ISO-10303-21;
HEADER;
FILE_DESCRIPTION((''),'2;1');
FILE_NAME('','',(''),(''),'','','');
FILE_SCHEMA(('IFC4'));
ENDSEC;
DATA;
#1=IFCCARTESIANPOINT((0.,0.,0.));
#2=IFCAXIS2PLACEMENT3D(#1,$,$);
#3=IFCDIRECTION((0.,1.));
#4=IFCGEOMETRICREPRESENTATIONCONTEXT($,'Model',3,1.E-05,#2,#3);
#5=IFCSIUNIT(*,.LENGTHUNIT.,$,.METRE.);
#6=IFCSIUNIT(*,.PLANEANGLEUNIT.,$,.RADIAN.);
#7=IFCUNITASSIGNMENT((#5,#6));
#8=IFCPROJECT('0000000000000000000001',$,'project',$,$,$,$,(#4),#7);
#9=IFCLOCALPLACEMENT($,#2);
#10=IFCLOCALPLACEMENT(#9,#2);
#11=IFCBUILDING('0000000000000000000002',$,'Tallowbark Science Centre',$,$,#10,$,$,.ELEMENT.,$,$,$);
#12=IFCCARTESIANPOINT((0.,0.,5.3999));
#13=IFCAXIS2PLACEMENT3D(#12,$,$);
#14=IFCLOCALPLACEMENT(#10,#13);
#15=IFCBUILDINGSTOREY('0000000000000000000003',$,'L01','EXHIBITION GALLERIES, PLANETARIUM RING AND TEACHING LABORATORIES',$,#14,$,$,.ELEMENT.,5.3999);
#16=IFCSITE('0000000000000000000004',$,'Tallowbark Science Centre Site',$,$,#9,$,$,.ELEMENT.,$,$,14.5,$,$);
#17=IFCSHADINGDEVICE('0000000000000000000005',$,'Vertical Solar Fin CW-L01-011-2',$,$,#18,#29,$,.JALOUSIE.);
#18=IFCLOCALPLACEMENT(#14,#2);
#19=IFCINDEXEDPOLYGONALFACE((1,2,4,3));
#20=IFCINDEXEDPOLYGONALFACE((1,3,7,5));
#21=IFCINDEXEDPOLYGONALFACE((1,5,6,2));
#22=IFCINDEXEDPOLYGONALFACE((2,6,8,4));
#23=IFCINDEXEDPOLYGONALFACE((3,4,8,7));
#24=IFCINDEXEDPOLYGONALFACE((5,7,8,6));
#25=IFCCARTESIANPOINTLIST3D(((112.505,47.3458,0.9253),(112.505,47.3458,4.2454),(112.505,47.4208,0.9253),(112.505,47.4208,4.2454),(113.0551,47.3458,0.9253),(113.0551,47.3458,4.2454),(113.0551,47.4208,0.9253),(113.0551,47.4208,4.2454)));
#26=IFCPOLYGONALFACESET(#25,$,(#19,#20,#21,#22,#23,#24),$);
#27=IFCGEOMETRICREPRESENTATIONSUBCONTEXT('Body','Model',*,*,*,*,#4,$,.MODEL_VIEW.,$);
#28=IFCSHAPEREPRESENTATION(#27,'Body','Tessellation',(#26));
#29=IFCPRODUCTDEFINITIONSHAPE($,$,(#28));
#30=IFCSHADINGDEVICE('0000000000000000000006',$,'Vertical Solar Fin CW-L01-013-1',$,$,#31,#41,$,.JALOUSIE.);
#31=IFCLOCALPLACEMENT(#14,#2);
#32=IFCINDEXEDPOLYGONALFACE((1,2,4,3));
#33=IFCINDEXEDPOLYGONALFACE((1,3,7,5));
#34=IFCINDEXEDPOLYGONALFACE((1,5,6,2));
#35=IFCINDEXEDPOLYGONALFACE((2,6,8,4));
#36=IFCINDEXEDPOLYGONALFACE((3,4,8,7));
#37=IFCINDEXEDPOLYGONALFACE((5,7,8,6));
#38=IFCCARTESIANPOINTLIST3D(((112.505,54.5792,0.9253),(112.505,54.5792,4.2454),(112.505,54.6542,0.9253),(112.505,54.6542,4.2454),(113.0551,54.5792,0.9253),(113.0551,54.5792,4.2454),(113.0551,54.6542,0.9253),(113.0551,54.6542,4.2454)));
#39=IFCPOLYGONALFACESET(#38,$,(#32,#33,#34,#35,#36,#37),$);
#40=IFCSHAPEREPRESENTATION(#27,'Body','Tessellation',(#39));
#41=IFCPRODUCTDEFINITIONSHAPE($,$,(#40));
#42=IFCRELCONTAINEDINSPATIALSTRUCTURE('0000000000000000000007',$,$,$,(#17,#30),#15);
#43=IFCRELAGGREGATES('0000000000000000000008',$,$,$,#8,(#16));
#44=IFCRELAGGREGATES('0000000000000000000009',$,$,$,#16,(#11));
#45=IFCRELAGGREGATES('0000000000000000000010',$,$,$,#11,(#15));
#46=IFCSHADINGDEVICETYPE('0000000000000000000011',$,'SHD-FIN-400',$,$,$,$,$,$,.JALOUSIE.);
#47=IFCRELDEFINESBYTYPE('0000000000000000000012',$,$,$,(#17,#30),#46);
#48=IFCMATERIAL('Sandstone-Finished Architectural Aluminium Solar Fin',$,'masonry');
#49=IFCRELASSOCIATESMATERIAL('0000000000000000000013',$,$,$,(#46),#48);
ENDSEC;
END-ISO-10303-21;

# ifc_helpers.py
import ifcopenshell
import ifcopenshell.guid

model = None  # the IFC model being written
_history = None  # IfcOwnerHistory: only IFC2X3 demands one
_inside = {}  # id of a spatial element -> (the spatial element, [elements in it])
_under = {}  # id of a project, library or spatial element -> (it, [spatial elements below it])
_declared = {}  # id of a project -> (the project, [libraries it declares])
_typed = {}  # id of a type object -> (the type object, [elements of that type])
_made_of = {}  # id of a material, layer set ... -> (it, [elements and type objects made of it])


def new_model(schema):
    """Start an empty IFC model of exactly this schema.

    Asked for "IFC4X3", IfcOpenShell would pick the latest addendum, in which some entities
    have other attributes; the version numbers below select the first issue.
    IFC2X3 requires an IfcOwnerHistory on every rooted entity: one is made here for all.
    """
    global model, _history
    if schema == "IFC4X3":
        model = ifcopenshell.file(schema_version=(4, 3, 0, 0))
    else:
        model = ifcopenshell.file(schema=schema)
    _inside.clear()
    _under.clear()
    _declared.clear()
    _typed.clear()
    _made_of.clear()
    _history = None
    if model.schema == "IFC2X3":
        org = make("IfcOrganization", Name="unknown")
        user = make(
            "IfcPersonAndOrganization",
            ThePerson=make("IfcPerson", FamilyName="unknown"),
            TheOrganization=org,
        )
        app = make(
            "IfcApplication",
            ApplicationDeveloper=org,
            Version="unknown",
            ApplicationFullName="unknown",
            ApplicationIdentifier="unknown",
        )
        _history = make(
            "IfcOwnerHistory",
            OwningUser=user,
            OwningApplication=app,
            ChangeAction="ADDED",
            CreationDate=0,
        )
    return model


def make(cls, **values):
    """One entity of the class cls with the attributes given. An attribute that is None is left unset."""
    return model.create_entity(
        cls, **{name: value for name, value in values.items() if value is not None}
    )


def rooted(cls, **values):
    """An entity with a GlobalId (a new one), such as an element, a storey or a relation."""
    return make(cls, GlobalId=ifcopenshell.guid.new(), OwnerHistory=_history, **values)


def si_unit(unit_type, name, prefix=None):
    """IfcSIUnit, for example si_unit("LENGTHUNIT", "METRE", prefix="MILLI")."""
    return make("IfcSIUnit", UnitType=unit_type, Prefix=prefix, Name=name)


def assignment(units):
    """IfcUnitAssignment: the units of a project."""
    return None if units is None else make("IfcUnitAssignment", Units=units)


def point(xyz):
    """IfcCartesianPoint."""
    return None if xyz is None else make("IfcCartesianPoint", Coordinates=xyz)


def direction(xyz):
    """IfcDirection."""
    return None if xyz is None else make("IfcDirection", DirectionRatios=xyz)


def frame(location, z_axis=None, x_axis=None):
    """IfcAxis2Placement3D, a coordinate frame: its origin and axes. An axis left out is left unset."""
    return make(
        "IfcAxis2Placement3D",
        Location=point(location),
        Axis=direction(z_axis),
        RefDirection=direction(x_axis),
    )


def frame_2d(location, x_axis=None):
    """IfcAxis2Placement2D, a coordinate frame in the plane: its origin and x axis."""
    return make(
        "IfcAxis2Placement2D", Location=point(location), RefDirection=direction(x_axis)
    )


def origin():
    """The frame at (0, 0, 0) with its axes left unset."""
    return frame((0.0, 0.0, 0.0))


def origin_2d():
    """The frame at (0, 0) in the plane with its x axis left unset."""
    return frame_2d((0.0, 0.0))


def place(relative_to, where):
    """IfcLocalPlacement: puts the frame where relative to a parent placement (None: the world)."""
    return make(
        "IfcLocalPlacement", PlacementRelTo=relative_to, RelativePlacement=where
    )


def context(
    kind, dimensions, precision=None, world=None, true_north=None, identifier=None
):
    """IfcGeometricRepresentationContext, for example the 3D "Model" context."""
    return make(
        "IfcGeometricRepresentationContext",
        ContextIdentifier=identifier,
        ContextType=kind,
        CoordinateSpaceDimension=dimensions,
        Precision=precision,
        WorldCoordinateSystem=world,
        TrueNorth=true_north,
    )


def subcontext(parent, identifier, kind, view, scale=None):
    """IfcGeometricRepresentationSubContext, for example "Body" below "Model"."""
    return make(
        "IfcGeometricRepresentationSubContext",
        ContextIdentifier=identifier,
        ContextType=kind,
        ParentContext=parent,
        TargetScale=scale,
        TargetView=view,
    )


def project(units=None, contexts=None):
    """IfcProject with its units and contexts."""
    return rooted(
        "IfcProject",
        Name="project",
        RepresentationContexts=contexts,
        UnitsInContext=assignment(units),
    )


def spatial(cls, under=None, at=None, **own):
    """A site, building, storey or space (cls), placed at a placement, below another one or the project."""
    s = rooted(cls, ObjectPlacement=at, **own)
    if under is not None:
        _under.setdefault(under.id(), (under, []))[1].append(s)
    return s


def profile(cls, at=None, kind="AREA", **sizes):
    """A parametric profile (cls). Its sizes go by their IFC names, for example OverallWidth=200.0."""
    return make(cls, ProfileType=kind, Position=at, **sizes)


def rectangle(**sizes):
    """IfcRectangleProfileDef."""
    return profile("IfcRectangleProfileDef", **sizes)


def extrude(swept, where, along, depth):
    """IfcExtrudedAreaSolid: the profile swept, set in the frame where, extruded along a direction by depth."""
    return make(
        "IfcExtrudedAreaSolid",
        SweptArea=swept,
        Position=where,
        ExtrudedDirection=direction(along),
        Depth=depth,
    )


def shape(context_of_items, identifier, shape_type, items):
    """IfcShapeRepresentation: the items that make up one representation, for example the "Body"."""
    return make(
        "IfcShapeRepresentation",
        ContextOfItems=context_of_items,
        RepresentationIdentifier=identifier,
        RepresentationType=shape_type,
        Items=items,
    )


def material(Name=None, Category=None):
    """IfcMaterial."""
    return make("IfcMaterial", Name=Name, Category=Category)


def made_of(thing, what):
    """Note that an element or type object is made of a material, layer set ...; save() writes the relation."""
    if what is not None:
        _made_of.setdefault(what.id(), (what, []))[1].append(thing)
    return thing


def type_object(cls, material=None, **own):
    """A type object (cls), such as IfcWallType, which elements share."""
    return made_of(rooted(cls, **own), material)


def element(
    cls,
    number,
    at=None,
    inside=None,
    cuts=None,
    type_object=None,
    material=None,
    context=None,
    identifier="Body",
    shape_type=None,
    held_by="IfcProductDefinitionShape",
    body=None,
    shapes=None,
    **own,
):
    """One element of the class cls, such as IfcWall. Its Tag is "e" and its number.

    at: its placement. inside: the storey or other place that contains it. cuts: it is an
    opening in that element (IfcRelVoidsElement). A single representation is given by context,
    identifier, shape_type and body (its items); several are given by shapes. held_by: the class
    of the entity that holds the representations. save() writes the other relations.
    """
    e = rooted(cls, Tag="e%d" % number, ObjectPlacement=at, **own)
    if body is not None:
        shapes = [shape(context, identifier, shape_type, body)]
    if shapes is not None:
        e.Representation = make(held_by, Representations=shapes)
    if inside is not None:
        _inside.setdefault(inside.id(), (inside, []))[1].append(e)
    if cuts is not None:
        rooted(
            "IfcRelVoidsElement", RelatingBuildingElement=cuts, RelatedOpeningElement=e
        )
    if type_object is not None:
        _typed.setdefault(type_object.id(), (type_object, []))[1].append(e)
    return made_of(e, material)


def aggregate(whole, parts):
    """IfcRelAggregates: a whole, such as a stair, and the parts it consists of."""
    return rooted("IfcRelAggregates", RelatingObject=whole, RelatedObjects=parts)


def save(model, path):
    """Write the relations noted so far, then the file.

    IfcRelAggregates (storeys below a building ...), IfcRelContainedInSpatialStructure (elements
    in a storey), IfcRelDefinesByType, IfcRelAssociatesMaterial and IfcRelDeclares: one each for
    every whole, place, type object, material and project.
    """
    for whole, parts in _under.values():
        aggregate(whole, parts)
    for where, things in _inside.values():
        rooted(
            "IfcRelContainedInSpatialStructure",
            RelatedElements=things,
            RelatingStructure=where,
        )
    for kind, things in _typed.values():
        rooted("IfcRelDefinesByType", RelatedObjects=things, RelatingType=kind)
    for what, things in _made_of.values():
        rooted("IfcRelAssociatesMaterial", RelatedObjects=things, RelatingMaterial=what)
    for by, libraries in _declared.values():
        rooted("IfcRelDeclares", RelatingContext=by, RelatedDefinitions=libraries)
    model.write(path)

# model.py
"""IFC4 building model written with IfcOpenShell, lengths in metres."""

from ifc_helpers import new_model, si_unit, direction, frame, origin, origin_2d, place, context, subcontext, project, spatial, rectangle, extrude, material, type_object, element, save


model = new_model("IFC4")

# Units and contexts
model_context = context("Model", 3, precision=1e-05, world=origin(), true_north=direction((0.0, 1.0)))
body_context = subcontext(model_context, "Body", "Model", "MODEL_VIEW")
ifc_project = project(units=[si_unit("LENGTHUNIT", "METRE"), si_unit("PLANEANGLEUNIT", "RADIAN")], contexts=[model_context])

# Site, building, storey
site_placement = place(None, origin())
site = spatial("IfcSite", under=ifc_project, at=site_placement, Name="Tallowbark Science Centre Site", CompositionType="ELEMENT", RefElevation=14.5)
building_placement = place(site_placement, origin())
building = spatial("IfcBuilding", under=site, at=building_placement, Name="Tallowbark Science Centre", CompositionType="ELEMENT")
storey_placement = place(building_placement, frame((0.0, 0.0, 5.3999)))
storey = spatial("IfcBuildingStorey", under=building, at=storey_placement, Name="L01", Description="EXHIBITION GALLERIES, PLANETARIUM RING AND TEACHING LABORATORIES", CompositionType="ELEMENT", Elevation=5.3999)

# Shading devices
ifc_material_1 = material(Name="Sandstone-Finished Architectural Aluminium Solar Fin", Category="masonry")
shading_device_type = type_object("IfcShadingDeviceType", Name="SHD-FIN-400", PredefinedType="JALOUSIE", material=ifc_material_1)
for number, where, z_axis, x_axis, name in (
    (1, (112.78, 47.3833, 0.9253), (0.0, 0.0, 1.0), (0.0, 1.0, 0.0), "Vertical Solar Fin CW-L01-011-2"),
    (2, (112.78, 54.6167, 0.9253), (0.0, 0.0, 1.0), (0.0, 1.0, 0.0), "Vertical Solar Fin CW-L01-013-1"),
):
    element("IfcShadingDevice", number, at=place(storey_placement, frame(where, z_axis=z_axis, x_axis=x_axis)), inside=storey, type_object=shading_device_type, Name=name, PredefinedType="JALOUSIE", context=body_context, shape_type="SweptSolid", body=[
        extrude(rectangle(XDim=0.075, YDim=0.55, at=origin_2d()), origin(), (0.0, 0.0, 1.0), 3.3201),
    ])

save(model, "model.ifc")
